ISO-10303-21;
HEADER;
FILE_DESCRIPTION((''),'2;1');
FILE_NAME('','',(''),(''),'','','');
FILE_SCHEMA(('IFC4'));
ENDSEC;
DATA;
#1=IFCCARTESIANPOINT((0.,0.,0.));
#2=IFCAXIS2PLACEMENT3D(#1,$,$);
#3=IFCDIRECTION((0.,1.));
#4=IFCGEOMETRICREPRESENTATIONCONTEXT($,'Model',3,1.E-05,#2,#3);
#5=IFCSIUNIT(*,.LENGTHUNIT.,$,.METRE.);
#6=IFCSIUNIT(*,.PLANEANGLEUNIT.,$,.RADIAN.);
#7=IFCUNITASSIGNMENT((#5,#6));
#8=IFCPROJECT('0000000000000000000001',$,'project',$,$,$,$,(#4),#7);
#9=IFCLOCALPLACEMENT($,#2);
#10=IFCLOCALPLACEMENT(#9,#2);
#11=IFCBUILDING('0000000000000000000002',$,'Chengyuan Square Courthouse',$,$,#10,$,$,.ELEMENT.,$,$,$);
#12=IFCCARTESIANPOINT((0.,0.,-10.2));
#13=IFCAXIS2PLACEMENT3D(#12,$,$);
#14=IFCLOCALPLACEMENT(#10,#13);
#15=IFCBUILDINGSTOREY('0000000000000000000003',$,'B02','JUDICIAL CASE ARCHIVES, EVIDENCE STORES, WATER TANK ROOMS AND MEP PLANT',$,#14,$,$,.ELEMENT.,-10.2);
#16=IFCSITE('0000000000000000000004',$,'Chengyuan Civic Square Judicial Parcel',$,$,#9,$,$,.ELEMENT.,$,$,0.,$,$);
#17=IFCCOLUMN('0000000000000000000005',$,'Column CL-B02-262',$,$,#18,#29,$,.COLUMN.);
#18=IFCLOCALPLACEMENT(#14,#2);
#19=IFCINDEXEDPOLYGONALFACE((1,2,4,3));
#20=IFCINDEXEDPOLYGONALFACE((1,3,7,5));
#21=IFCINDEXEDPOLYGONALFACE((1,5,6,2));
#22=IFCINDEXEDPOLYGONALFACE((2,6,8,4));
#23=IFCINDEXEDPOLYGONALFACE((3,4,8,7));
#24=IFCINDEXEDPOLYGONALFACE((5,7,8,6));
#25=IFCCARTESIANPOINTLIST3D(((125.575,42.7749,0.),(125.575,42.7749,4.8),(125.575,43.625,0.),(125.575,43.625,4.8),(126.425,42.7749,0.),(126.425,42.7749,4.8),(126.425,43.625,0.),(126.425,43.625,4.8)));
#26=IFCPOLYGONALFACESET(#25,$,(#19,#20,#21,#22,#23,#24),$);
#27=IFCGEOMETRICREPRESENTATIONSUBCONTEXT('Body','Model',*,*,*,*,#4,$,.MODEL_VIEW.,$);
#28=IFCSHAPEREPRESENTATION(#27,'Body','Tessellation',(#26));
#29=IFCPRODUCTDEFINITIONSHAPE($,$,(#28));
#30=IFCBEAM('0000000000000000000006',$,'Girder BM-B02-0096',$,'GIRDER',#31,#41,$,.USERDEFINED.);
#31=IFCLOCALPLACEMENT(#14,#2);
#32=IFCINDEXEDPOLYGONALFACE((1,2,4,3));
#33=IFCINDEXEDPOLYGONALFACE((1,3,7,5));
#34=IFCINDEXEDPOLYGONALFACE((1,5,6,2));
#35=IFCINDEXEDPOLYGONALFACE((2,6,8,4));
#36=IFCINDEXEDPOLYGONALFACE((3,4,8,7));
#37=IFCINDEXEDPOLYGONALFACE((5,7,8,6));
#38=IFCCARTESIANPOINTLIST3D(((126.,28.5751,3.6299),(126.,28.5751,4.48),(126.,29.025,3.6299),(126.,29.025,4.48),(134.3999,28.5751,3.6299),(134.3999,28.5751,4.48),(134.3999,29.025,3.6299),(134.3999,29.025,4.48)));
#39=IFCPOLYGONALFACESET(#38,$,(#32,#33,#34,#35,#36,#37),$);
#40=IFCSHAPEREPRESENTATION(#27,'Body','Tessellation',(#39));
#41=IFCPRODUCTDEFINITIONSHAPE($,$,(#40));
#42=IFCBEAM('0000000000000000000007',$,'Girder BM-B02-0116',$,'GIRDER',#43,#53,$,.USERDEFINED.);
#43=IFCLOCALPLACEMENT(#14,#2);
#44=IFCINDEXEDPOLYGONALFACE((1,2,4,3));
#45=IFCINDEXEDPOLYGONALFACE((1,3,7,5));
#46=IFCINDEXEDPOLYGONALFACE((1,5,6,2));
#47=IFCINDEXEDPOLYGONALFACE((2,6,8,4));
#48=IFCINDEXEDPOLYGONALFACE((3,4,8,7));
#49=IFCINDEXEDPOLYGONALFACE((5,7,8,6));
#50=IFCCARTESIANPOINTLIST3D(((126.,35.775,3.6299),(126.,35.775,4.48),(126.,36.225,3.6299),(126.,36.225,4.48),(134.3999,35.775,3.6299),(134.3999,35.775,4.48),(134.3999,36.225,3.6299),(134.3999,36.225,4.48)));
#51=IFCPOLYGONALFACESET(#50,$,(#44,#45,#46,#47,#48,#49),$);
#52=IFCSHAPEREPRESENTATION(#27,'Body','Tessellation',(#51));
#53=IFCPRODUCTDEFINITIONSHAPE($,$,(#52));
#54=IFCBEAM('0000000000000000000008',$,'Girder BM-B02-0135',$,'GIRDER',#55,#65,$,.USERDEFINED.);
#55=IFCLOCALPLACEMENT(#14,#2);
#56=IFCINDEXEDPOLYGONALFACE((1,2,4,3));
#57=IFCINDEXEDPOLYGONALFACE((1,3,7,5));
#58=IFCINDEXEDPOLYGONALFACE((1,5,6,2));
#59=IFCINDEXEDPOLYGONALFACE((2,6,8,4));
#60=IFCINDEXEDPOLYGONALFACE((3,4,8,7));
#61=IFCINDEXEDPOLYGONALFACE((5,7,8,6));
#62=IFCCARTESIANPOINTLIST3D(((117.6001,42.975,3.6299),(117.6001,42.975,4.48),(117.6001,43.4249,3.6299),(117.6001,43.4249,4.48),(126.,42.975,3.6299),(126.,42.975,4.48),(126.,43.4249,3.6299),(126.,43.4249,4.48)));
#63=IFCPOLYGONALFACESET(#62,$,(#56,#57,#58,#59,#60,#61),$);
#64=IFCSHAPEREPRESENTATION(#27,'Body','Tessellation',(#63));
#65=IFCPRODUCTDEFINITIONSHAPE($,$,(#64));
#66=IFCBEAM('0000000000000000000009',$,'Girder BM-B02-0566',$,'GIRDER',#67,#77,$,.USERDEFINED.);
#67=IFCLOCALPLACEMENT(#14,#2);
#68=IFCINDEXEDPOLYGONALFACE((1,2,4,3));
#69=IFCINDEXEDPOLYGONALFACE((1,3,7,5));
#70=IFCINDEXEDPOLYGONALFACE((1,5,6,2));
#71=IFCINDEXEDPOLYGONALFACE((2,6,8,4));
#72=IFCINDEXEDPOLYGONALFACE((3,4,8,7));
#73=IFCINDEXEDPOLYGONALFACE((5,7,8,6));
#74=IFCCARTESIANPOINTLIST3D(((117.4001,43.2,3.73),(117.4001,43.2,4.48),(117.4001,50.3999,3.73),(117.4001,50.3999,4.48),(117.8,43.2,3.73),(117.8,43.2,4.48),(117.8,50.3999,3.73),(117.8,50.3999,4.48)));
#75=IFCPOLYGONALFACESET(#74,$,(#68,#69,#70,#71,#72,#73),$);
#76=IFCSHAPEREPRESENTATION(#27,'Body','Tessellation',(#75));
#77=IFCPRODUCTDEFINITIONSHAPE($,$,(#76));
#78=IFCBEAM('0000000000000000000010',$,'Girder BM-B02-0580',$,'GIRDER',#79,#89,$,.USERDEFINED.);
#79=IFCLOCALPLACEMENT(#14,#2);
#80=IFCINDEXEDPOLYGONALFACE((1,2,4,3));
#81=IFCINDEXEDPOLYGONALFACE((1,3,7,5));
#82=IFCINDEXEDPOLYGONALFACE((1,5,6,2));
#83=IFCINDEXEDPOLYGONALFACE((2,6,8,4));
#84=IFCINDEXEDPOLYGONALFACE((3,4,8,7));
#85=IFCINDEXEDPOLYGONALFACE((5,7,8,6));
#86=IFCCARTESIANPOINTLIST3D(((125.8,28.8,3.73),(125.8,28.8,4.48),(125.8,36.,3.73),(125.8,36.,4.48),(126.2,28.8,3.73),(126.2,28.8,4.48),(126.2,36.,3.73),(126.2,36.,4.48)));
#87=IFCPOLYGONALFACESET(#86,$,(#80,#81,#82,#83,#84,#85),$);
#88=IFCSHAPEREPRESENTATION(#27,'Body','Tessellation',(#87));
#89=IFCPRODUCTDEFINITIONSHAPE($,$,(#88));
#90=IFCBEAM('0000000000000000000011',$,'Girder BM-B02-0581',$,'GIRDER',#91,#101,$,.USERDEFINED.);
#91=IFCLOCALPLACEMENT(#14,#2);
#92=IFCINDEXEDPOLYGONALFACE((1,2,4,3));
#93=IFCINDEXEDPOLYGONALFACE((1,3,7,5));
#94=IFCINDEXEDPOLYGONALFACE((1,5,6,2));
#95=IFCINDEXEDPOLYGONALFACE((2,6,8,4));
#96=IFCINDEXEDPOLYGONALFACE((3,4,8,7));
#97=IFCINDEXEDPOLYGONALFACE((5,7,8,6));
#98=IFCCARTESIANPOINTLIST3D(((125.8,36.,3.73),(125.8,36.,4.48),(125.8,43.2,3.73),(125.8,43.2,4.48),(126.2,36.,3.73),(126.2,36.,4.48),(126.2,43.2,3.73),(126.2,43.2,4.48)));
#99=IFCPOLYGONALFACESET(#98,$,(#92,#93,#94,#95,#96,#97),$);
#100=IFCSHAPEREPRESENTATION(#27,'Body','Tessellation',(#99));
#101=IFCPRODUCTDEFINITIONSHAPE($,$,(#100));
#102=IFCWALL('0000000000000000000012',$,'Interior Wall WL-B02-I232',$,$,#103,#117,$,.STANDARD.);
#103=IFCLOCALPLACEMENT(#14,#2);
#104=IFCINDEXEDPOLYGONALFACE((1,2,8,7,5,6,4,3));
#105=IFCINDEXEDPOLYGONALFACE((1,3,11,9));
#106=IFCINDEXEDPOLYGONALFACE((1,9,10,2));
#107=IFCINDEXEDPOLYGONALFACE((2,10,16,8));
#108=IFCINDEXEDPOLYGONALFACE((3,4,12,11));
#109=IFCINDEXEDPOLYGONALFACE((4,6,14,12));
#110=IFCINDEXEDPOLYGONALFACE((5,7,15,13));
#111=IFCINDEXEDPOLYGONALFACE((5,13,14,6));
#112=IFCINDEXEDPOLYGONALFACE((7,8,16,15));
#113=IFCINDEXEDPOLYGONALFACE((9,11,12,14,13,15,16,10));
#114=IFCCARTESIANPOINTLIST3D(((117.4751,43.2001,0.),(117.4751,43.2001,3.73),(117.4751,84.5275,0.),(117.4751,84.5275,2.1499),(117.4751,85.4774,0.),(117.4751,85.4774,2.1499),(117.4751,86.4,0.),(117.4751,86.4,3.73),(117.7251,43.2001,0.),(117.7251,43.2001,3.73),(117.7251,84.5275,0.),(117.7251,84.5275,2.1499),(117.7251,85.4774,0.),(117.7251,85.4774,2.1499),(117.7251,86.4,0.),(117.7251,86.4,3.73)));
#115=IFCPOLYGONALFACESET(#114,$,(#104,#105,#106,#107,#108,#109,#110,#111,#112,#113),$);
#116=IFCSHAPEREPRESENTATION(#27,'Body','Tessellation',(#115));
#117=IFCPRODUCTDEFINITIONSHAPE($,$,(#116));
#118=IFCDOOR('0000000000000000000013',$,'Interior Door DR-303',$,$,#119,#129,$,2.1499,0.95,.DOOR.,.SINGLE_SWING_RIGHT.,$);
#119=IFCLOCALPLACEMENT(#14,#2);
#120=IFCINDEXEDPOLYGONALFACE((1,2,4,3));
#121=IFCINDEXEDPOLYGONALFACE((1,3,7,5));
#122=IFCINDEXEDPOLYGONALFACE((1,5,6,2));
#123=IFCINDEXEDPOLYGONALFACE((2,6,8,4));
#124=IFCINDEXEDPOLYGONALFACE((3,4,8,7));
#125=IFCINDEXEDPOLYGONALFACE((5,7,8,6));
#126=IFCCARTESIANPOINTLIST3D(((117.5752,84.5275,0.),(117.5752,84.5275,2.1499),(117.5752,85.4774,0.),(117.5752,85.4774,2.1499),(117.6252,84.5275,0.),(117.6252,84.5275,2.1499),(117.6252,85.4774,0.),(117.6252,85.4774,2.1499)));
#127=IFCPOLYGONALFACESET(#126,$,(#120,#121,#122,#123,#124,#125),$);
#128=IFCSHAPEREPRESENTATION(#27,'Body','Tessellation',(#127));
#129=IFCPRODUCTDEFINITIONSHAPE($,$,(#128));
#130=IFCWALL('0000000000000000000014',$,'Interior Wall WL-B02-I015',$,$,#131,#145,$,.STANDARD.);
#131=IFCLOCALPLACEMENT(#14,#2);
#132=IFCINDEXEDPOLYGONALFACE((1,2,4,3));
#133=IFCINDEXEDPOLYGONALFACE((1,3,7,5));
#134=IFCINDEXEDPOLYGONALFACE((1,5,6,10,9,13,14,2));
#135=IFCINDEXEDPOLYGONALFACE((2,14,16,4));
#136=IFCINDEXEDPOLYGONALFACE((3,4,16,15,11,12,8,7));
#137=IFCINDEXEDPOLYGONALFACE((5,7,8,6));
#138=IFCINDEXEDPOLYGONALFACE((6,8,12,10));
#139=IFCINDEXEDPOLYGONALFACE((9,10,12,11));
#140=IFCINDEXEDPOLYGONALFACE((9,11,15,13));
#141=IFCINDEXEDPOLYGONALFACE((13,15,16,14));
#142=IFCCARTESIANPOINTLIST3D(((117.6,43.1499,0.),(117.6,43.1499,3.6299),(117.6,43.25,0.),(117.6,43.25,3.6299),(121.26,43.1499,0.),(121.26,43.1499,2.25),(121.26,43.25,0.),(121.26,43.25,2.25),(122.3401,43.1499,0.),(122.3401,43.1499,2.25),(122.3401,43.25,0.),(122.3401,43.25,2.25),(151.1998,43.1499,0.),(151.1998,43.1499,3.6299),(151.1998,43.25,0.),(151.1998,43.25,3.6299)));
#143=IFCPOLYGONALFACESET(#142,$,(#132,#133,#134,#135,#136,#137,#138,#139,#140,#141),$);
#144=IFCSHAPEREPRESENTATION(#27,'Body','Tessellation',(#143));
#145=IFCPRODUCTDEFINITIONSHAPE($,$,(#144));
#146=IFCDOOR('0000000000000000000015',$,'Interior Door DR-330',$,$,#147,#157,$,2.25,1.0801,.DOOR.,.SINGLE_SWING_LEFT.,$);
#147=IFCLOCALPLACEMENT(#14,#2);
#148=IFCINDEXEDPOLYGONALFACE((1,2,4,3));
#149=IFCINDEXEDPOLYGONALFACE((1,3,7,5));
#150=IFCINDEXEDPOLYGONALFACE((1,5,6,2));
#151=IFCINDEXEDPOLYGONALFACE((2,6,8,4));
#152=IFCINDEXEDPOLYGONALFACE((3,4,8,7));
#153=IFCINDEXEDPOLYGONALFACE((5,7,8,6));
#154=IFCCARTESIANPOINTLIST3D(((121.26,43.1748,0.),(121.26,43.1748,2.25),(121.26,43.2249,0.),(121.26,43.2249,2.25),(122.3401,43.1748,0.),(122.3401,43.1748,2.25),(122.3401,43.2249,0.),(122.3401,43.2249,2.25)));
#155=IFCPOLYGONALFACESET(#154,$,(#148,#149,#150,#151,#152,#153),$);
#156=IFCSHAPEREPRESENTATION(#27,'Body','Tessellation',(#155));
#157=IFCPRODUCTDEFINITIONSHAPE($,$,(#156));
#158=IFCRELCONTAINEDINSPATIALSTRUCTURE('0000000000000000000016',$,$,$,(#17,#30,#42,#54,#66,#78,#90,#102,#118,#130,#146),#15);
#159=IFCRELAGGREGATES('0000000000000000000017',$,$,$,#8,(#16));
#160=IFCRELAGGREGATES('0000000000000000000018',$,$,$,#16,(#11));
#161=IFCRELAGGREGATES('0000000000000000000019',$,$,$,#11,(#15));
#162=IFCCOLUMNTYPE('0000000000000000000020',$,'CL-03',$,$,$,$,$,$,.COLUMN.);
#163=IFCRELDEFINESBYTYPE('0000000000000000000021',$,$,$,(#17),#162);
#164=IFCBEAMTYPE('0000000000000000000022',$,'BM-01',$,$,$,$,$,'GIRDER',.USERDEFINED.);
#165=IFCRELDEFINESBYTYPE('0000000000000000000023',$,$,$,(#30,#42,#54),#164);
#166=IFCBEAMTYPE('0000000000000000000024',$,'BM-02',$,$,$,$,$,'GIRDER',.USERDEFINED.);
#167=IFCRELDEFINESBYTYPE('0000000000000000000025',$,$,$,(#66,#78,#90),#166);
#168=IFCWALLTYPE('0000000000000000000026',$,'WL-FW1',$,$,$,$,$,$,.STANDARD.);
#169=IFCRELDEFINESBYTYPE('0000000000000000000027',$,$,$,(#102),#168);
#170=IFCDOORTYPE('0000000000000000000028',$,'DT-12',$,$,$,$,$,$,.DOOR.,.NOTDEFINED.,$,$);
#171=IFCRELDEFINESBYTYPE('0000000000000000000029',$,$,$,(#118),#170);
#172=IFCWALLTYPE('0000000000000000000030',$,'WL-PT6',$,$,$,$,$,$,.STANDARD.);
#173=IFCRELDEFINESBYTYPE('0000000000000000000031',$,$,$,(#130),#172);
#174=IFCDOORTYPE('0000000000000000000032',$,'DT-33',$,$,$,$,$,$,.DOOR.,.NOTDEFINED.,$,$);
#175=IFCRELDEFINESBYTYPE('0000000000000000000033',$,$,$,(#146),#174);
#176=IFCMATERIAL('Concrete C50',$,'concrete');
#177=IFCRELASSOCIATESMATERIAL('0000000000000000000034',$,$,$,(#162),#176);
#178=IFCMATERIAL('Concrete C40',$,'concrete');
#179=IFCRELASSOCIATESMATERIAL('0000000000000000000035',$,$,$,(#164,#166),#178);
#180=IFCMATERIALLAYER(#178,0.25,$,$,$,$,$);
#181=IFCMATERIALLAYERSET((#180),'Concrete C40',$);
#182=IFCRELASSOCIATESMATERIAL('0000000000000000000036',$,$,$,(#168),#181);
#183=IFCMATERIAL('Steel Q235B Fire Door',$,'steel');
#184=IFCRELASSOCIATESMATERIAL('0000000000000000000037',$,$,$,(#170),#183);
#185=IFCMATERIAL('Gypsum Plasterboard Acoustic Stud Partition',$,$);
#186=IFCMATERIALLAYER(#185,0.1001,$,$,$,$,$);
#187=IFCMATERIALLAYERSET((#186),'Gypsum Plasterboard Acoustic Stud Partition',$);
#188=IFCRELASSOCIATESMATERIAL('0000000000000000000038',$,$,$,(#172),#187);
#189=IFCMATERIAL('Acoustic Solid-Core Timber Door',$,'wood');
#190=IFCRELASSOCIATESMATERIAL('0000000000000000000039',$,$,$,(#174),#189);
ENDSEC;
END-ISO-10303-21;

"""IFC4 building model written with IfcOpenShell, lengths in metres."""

from ifc_helpers import new_model, si_unit, direction, frame, frame_2d, origin, origin_2d, place, context, subcontext, project, spatial, rectangle, extrude, material, layer, layer_set, material_profile, profile_set, type_object, element, fill, save


model = new_model("IFC4")

# Units and contexts
model_context = context("Model", 3, precision=1e-05, world=origin(), true_north=direction((0.0, 1.0)))
body_context = subcontext(model_context, "Body", "Model", "MODEL_VIEW")
ifc_project = project(units=[si_unit("LENGTHUNIT", "METRE"), si_unit("PLANEANGLEUNIT", "RADIAN")], contexts=[model_context])

# Site, building, storey
site_placement = place(None, origin())
site = spatial("IfcSite", under=ifc_project, at=site_placement, Name="Chengyuan Civic Square Judicial Parcel", CompositionType="ELEMENT", RefElevation=0.0)
building_placement = place(site_placement, origin())
building = spatial("IfcBuilding", under=site, at=building_placement, Name="Chengyuan Square Courthouse", CompositionType="ELEMENT")
storey_placement = place(building_placement, frame((0.0, 0.0, -10.2)))
storey = spatial("IfcBuildingStorey", under=building, at=storey_placement, Name="B02", Description="JUDICIAL CASE ARCHIVES, EVIDENCE STORES, WATER TANK ROOMS AND MEP PLANT", CompositionType="ELEMENT", Elevation=-10.2)

# Shared definitions
ifc_material_1 = material(Name="Concrete C40", Category="concrete")

# Column
ifc_material_2 = material(Name="Concrete C50", Category="concrete")
ifc_material_profile_1 = material_profile(ifc_material_2, rectangle(XDim=0.8501, YDim=0.8501, at=origin_2d()), Name="RC-COL-850x850")
ifc_profile_set_1 = profile_set([ifc_material_profile_1], Name="Concrete C50")
column_type = type_object("IfcColumnType", Name="CL-03", PredefinedType="COLUMN", material=ifc_profile_set_1)
for number, where, z_axis, x_axis, name in (
    (1, (126.0, 43.2, 0.0), (0.0, 0.0, 1.0), (1.0, 0.0, 0.0), "Column CL-B02-262"),
):
    element("IfcColumn", number, at=place(storey_placement, frame(where, z_axis=z_axis, x_axis=x_axis)), inside=storey, type_object=column_type, Name=name, PredefinedType="COLUMN", context=body_context, shape_type="SweptSolid", body=[
        extrude(rectangle(XDim=0.8501, YDim=0.8501, at=origin_2d()), origin(), (0.0, 0.0, 1.0), 4.8),
    ])

# Beams
ifc_material_profile_2 = material_profile(ifc_material_1, rectangle(XDim=0.45, YDim=0.8501, at=origin_2d()), Name="RC-BM-450x850")
ifc_profile_set_2 = profile_set([ifc_material_profile_2], Name="Concrete C40")
beam_type_1 = type_object("IfcBeamType", Name="BM-01", ElementType="GIRDER", PredefinedType="USERDEFINED", material=ifc_profile_set_2)
for number, where, z_axis, x_axis, name in (
    (2, (126.0, 28.8, 4.0549), (1.0, 0.0, 0.0), (0.0, 1.0, 0.0), "Girder BM-B02-0096"),
    (3, (126.0, 36.0, 4.0549), (1.0, 0.0, 0.0), (0.0, 1.0, 0.0), "Girder BM-B02-0116"),
    (4, (117.6001, 43.2, 4.0549), (1.0, 0.0, 0.0), (0.0, 1.0, 0.0), "Girder BM-B02-0135"),
):
    element("IfcBeam", number, at=place(storey_placement, frame(where, z_axis=z_axis, x_axis=x_axis)), inside=storey, type_object=beam_type_1, Name=name, ObjectType="GIRDER", PredefinedType="USERDEFINED", context=body_context, shape_type="SweptSolid", body=[
        extrude(rectangle(XDim=0.45, YDim=0.8501, at=origin_2d()), origin(), (0.0, 0.0, 1.0), 8.3999),
    ])
ifc_material_profile_3 = material_profile(ifc_material_1, rectangle(XDim=0.3999, YDim=0.75, at=origin_2d()), Name="RC-BM-400x750")
ifc_profile_set_3 = profile_set([ifc_material_profile_3], Name="Concrete C40")
beam_type_2 = type_object("IfcBeamType", Name="BM-02", ElementType="GIRDER", PredefinedType="USERDEFINED", material=ifc_profile_set_3)
for number, where, z_axis, x_axis, name in (
    (5, (117.6001, 43.2, 4.105), (0.0, 1.0, 0.0), (-1.0, 0.0, 0.0), "Girder BM-B02-0566"),
    (6, (126.0, 28.8, 4.105), (0.0, 1.0, 0.0), (-1.0, 0.0, 0.0), "Girder BM-B02-0580"),
    (7, (126.0, 36.0, 4.105), (0.0, 1.0, 0.0), (-1.0, 0.0, 0.0), "Girder BM-B02-0581"),
):
    element("IfcBeam", number, at=place(storey_placement, frame(where, z_axis=z_axis, x_axis=x_axis)), inside=storey, type_object=beam_type_2, Name=name, ObjectType="GIRDER", PredefinedType="USERDEFINED", context=body_context, shape_type="SweptSolid", body=[
        extrude(rectangle(XDim=0.3999, YDim=0.75, at=origin_2d()), origin(), (0.0, 0.0, 1.0), 7.2),
    ])

# Walls, openings, doors
ifc_layer_1 = layer(ifc_material_1, 0.25)
ifc_layer_set_1 = layer_set([ifc_layer_1], Name="Concrete C40")
wall_type_1 = type_object("IfcWallType", Name="WL-FW1", PredefinedType="STANDARD", material=ifc_layer_set_1)
wall_1_placement = place(storey_placement, frame((117.6001, 43.2, 0.0), z_axis=(0.0, 0.0, 1.0), x_axis=(0.0, 1.0, 0.0)))
wall_1 = element("IfcWall", 8, at=wall_1_placement, inside=storey, type_object=wall_type_1, Name="Interior Wall WL-B02-I232", PredefinedType="STANDARD", context=body_context, shape_type="SweptSolid", body=[
    extrude(rectangle(XDim=43.2, YDim=0.25, at=frame_2d((21.6001, 0.0))), origin(), (0.0, 0.0, 1.0), 3.73),
])
opening_1_placement = place(wall_1_placement, frame((41.3274, 0.0, 0.0)))
opening_1 = element("IfcOpeningElement", 9, at=opening_1_placement, cuts=wall_1, PredefinedType="OPENING", context=body_context, shape_type="SweptSolid", body=[
    extrude(rectangle(XDim=0.95, YDim=2.1499, at=frame_2d((0.4751, 1.075))), frame((0.0, 0.137, 0.0), z_axis=(0.0, -1.0, 0.0), x_axis=(1.0, 0.0, 0.0)), (0.0, 0.0, 1.0), 0.2739),
])
ifc_material_3 = material(Name="Steel Q235B Fire Door", Category="steel")
door_type_1 = type_object("IfcDoorType", Name="DT-12", OperationType="NOTDEFINED", PredefinedType="DOOR", material=ifc_material_3)
door_1_placement = place(opening_1_placement, origin())
door_1 = element("IfcDoor", 10, at=door_1_placement, inside=storey, type_object=door_type_1, Name="Interior Door DR-303", OperationType="SINGLE_SWING_RIGHT", OverallHeight=2.1499, OverallWidth=0.95, PredefinedType="DOOR", context=body_context, shape_type="SweptSolid", body=[
    extrude(rectangle(XDim=0.95, YDim=2.1499, at=frame_2d((0.4751, 1.075))), frame((0.0, 0.0249, 0.0), z_axis=(0.0, -1.0, 0.0), x_axis=(1.0, 0.0, 0.0)), (0.0, 0.0, 1.0), 0.05),
])
fill(opening_1, door_1)
ifc_material_4 = material(Name="Gypsum Plasterboard Acoustic Stud Partition")
ifc_layer_2 = layer(ifc_material_4, 0.1001)
ifc_layer_set_2 = layer_set([ifc_layer_2], Name="Gypsum Plasterboard Acoustic Stud Partition")
wall_type_2 = type_object("IfcWallType", Name="WL-PT6", PredefinedType="STANDARD", material=ifc_layer_set_2)
wall_2_placement = place(storey_placement, frame((117.6001, 43.2, 0.0), z_axis=(0.0, 0.0, 1.0), x_axis=(1.0, 0.0, 0.0)))
wall_2 = element("IfcWall", 11, at=wall_2_placement, inside=storey, type_object=wall_type_2, Name="Interior Wall WL-B02-I015", PredefinedType="STANDARD", context=body_context, shape_type="SweptSolid", body=[
    extrude(rectangle(XDim=33.5999, YDim=0.1001, at=frame_2d((16.7998, 0.0))), origin(), (0.0, 0.0, 1.0), 3.6299),
])
opening_2_placement = place(wall_2_placement, frame((3.6599, 0.0, 0.0)))
opening_2 = element("IfcOpeningElement", 12, at=opening_2_placement, cuts=wall_2, PredefinedType="OPENING", context=body_context, shape_type="SweptSolid", body=[
    extrude(rectangle(XDim=1.0801, YDim=2.25, at=frame_2d((0.54, 1.125))), frame((0.0, 0.062, 0.0), z_axis=(0.0, -1.0, 0.0), x_axis=(1.0, 0.0, 0.0)), (0.0, 0.0, 1.0), 0.124),
])
ifc_material_5 = material(Name="Acoustic Solid-Core Timber Door", Category="wood")
door_type_2 = type_object("IfcDoorType", Name="DT-33", OperationType="NOTDEFINED", PredefinedType="DOOR", material=ifc_material_5)
door_2_placement = place(opening_2_placement, origin())
door_2 = element("IfcDoor", 13, at=door_2_placement, inside=storey, type_object=door_type_2, Name="Interior Door DR-330", OperationType="SINGLE_SWING_LEFT", OverallHeight=2.25, OverallWidth=1.0801, PredefinedType="DOOR", context=body_context, shape_type="SweptSolid", body=[
    extrude(rectangle(XDim=1.0801, YDim=2.25, at=frame_2d((0.54, 1.125))), frame((0.0, 0.0249, 0.0), z_axis=(0.0, -1.0, 0.0), x_axis=(1.0, 0.0, 0.0)), (0.0, 0.0, 1.0), 0.05),
])
fill(opening_2, door_2)

save(model, "model.ifc")
